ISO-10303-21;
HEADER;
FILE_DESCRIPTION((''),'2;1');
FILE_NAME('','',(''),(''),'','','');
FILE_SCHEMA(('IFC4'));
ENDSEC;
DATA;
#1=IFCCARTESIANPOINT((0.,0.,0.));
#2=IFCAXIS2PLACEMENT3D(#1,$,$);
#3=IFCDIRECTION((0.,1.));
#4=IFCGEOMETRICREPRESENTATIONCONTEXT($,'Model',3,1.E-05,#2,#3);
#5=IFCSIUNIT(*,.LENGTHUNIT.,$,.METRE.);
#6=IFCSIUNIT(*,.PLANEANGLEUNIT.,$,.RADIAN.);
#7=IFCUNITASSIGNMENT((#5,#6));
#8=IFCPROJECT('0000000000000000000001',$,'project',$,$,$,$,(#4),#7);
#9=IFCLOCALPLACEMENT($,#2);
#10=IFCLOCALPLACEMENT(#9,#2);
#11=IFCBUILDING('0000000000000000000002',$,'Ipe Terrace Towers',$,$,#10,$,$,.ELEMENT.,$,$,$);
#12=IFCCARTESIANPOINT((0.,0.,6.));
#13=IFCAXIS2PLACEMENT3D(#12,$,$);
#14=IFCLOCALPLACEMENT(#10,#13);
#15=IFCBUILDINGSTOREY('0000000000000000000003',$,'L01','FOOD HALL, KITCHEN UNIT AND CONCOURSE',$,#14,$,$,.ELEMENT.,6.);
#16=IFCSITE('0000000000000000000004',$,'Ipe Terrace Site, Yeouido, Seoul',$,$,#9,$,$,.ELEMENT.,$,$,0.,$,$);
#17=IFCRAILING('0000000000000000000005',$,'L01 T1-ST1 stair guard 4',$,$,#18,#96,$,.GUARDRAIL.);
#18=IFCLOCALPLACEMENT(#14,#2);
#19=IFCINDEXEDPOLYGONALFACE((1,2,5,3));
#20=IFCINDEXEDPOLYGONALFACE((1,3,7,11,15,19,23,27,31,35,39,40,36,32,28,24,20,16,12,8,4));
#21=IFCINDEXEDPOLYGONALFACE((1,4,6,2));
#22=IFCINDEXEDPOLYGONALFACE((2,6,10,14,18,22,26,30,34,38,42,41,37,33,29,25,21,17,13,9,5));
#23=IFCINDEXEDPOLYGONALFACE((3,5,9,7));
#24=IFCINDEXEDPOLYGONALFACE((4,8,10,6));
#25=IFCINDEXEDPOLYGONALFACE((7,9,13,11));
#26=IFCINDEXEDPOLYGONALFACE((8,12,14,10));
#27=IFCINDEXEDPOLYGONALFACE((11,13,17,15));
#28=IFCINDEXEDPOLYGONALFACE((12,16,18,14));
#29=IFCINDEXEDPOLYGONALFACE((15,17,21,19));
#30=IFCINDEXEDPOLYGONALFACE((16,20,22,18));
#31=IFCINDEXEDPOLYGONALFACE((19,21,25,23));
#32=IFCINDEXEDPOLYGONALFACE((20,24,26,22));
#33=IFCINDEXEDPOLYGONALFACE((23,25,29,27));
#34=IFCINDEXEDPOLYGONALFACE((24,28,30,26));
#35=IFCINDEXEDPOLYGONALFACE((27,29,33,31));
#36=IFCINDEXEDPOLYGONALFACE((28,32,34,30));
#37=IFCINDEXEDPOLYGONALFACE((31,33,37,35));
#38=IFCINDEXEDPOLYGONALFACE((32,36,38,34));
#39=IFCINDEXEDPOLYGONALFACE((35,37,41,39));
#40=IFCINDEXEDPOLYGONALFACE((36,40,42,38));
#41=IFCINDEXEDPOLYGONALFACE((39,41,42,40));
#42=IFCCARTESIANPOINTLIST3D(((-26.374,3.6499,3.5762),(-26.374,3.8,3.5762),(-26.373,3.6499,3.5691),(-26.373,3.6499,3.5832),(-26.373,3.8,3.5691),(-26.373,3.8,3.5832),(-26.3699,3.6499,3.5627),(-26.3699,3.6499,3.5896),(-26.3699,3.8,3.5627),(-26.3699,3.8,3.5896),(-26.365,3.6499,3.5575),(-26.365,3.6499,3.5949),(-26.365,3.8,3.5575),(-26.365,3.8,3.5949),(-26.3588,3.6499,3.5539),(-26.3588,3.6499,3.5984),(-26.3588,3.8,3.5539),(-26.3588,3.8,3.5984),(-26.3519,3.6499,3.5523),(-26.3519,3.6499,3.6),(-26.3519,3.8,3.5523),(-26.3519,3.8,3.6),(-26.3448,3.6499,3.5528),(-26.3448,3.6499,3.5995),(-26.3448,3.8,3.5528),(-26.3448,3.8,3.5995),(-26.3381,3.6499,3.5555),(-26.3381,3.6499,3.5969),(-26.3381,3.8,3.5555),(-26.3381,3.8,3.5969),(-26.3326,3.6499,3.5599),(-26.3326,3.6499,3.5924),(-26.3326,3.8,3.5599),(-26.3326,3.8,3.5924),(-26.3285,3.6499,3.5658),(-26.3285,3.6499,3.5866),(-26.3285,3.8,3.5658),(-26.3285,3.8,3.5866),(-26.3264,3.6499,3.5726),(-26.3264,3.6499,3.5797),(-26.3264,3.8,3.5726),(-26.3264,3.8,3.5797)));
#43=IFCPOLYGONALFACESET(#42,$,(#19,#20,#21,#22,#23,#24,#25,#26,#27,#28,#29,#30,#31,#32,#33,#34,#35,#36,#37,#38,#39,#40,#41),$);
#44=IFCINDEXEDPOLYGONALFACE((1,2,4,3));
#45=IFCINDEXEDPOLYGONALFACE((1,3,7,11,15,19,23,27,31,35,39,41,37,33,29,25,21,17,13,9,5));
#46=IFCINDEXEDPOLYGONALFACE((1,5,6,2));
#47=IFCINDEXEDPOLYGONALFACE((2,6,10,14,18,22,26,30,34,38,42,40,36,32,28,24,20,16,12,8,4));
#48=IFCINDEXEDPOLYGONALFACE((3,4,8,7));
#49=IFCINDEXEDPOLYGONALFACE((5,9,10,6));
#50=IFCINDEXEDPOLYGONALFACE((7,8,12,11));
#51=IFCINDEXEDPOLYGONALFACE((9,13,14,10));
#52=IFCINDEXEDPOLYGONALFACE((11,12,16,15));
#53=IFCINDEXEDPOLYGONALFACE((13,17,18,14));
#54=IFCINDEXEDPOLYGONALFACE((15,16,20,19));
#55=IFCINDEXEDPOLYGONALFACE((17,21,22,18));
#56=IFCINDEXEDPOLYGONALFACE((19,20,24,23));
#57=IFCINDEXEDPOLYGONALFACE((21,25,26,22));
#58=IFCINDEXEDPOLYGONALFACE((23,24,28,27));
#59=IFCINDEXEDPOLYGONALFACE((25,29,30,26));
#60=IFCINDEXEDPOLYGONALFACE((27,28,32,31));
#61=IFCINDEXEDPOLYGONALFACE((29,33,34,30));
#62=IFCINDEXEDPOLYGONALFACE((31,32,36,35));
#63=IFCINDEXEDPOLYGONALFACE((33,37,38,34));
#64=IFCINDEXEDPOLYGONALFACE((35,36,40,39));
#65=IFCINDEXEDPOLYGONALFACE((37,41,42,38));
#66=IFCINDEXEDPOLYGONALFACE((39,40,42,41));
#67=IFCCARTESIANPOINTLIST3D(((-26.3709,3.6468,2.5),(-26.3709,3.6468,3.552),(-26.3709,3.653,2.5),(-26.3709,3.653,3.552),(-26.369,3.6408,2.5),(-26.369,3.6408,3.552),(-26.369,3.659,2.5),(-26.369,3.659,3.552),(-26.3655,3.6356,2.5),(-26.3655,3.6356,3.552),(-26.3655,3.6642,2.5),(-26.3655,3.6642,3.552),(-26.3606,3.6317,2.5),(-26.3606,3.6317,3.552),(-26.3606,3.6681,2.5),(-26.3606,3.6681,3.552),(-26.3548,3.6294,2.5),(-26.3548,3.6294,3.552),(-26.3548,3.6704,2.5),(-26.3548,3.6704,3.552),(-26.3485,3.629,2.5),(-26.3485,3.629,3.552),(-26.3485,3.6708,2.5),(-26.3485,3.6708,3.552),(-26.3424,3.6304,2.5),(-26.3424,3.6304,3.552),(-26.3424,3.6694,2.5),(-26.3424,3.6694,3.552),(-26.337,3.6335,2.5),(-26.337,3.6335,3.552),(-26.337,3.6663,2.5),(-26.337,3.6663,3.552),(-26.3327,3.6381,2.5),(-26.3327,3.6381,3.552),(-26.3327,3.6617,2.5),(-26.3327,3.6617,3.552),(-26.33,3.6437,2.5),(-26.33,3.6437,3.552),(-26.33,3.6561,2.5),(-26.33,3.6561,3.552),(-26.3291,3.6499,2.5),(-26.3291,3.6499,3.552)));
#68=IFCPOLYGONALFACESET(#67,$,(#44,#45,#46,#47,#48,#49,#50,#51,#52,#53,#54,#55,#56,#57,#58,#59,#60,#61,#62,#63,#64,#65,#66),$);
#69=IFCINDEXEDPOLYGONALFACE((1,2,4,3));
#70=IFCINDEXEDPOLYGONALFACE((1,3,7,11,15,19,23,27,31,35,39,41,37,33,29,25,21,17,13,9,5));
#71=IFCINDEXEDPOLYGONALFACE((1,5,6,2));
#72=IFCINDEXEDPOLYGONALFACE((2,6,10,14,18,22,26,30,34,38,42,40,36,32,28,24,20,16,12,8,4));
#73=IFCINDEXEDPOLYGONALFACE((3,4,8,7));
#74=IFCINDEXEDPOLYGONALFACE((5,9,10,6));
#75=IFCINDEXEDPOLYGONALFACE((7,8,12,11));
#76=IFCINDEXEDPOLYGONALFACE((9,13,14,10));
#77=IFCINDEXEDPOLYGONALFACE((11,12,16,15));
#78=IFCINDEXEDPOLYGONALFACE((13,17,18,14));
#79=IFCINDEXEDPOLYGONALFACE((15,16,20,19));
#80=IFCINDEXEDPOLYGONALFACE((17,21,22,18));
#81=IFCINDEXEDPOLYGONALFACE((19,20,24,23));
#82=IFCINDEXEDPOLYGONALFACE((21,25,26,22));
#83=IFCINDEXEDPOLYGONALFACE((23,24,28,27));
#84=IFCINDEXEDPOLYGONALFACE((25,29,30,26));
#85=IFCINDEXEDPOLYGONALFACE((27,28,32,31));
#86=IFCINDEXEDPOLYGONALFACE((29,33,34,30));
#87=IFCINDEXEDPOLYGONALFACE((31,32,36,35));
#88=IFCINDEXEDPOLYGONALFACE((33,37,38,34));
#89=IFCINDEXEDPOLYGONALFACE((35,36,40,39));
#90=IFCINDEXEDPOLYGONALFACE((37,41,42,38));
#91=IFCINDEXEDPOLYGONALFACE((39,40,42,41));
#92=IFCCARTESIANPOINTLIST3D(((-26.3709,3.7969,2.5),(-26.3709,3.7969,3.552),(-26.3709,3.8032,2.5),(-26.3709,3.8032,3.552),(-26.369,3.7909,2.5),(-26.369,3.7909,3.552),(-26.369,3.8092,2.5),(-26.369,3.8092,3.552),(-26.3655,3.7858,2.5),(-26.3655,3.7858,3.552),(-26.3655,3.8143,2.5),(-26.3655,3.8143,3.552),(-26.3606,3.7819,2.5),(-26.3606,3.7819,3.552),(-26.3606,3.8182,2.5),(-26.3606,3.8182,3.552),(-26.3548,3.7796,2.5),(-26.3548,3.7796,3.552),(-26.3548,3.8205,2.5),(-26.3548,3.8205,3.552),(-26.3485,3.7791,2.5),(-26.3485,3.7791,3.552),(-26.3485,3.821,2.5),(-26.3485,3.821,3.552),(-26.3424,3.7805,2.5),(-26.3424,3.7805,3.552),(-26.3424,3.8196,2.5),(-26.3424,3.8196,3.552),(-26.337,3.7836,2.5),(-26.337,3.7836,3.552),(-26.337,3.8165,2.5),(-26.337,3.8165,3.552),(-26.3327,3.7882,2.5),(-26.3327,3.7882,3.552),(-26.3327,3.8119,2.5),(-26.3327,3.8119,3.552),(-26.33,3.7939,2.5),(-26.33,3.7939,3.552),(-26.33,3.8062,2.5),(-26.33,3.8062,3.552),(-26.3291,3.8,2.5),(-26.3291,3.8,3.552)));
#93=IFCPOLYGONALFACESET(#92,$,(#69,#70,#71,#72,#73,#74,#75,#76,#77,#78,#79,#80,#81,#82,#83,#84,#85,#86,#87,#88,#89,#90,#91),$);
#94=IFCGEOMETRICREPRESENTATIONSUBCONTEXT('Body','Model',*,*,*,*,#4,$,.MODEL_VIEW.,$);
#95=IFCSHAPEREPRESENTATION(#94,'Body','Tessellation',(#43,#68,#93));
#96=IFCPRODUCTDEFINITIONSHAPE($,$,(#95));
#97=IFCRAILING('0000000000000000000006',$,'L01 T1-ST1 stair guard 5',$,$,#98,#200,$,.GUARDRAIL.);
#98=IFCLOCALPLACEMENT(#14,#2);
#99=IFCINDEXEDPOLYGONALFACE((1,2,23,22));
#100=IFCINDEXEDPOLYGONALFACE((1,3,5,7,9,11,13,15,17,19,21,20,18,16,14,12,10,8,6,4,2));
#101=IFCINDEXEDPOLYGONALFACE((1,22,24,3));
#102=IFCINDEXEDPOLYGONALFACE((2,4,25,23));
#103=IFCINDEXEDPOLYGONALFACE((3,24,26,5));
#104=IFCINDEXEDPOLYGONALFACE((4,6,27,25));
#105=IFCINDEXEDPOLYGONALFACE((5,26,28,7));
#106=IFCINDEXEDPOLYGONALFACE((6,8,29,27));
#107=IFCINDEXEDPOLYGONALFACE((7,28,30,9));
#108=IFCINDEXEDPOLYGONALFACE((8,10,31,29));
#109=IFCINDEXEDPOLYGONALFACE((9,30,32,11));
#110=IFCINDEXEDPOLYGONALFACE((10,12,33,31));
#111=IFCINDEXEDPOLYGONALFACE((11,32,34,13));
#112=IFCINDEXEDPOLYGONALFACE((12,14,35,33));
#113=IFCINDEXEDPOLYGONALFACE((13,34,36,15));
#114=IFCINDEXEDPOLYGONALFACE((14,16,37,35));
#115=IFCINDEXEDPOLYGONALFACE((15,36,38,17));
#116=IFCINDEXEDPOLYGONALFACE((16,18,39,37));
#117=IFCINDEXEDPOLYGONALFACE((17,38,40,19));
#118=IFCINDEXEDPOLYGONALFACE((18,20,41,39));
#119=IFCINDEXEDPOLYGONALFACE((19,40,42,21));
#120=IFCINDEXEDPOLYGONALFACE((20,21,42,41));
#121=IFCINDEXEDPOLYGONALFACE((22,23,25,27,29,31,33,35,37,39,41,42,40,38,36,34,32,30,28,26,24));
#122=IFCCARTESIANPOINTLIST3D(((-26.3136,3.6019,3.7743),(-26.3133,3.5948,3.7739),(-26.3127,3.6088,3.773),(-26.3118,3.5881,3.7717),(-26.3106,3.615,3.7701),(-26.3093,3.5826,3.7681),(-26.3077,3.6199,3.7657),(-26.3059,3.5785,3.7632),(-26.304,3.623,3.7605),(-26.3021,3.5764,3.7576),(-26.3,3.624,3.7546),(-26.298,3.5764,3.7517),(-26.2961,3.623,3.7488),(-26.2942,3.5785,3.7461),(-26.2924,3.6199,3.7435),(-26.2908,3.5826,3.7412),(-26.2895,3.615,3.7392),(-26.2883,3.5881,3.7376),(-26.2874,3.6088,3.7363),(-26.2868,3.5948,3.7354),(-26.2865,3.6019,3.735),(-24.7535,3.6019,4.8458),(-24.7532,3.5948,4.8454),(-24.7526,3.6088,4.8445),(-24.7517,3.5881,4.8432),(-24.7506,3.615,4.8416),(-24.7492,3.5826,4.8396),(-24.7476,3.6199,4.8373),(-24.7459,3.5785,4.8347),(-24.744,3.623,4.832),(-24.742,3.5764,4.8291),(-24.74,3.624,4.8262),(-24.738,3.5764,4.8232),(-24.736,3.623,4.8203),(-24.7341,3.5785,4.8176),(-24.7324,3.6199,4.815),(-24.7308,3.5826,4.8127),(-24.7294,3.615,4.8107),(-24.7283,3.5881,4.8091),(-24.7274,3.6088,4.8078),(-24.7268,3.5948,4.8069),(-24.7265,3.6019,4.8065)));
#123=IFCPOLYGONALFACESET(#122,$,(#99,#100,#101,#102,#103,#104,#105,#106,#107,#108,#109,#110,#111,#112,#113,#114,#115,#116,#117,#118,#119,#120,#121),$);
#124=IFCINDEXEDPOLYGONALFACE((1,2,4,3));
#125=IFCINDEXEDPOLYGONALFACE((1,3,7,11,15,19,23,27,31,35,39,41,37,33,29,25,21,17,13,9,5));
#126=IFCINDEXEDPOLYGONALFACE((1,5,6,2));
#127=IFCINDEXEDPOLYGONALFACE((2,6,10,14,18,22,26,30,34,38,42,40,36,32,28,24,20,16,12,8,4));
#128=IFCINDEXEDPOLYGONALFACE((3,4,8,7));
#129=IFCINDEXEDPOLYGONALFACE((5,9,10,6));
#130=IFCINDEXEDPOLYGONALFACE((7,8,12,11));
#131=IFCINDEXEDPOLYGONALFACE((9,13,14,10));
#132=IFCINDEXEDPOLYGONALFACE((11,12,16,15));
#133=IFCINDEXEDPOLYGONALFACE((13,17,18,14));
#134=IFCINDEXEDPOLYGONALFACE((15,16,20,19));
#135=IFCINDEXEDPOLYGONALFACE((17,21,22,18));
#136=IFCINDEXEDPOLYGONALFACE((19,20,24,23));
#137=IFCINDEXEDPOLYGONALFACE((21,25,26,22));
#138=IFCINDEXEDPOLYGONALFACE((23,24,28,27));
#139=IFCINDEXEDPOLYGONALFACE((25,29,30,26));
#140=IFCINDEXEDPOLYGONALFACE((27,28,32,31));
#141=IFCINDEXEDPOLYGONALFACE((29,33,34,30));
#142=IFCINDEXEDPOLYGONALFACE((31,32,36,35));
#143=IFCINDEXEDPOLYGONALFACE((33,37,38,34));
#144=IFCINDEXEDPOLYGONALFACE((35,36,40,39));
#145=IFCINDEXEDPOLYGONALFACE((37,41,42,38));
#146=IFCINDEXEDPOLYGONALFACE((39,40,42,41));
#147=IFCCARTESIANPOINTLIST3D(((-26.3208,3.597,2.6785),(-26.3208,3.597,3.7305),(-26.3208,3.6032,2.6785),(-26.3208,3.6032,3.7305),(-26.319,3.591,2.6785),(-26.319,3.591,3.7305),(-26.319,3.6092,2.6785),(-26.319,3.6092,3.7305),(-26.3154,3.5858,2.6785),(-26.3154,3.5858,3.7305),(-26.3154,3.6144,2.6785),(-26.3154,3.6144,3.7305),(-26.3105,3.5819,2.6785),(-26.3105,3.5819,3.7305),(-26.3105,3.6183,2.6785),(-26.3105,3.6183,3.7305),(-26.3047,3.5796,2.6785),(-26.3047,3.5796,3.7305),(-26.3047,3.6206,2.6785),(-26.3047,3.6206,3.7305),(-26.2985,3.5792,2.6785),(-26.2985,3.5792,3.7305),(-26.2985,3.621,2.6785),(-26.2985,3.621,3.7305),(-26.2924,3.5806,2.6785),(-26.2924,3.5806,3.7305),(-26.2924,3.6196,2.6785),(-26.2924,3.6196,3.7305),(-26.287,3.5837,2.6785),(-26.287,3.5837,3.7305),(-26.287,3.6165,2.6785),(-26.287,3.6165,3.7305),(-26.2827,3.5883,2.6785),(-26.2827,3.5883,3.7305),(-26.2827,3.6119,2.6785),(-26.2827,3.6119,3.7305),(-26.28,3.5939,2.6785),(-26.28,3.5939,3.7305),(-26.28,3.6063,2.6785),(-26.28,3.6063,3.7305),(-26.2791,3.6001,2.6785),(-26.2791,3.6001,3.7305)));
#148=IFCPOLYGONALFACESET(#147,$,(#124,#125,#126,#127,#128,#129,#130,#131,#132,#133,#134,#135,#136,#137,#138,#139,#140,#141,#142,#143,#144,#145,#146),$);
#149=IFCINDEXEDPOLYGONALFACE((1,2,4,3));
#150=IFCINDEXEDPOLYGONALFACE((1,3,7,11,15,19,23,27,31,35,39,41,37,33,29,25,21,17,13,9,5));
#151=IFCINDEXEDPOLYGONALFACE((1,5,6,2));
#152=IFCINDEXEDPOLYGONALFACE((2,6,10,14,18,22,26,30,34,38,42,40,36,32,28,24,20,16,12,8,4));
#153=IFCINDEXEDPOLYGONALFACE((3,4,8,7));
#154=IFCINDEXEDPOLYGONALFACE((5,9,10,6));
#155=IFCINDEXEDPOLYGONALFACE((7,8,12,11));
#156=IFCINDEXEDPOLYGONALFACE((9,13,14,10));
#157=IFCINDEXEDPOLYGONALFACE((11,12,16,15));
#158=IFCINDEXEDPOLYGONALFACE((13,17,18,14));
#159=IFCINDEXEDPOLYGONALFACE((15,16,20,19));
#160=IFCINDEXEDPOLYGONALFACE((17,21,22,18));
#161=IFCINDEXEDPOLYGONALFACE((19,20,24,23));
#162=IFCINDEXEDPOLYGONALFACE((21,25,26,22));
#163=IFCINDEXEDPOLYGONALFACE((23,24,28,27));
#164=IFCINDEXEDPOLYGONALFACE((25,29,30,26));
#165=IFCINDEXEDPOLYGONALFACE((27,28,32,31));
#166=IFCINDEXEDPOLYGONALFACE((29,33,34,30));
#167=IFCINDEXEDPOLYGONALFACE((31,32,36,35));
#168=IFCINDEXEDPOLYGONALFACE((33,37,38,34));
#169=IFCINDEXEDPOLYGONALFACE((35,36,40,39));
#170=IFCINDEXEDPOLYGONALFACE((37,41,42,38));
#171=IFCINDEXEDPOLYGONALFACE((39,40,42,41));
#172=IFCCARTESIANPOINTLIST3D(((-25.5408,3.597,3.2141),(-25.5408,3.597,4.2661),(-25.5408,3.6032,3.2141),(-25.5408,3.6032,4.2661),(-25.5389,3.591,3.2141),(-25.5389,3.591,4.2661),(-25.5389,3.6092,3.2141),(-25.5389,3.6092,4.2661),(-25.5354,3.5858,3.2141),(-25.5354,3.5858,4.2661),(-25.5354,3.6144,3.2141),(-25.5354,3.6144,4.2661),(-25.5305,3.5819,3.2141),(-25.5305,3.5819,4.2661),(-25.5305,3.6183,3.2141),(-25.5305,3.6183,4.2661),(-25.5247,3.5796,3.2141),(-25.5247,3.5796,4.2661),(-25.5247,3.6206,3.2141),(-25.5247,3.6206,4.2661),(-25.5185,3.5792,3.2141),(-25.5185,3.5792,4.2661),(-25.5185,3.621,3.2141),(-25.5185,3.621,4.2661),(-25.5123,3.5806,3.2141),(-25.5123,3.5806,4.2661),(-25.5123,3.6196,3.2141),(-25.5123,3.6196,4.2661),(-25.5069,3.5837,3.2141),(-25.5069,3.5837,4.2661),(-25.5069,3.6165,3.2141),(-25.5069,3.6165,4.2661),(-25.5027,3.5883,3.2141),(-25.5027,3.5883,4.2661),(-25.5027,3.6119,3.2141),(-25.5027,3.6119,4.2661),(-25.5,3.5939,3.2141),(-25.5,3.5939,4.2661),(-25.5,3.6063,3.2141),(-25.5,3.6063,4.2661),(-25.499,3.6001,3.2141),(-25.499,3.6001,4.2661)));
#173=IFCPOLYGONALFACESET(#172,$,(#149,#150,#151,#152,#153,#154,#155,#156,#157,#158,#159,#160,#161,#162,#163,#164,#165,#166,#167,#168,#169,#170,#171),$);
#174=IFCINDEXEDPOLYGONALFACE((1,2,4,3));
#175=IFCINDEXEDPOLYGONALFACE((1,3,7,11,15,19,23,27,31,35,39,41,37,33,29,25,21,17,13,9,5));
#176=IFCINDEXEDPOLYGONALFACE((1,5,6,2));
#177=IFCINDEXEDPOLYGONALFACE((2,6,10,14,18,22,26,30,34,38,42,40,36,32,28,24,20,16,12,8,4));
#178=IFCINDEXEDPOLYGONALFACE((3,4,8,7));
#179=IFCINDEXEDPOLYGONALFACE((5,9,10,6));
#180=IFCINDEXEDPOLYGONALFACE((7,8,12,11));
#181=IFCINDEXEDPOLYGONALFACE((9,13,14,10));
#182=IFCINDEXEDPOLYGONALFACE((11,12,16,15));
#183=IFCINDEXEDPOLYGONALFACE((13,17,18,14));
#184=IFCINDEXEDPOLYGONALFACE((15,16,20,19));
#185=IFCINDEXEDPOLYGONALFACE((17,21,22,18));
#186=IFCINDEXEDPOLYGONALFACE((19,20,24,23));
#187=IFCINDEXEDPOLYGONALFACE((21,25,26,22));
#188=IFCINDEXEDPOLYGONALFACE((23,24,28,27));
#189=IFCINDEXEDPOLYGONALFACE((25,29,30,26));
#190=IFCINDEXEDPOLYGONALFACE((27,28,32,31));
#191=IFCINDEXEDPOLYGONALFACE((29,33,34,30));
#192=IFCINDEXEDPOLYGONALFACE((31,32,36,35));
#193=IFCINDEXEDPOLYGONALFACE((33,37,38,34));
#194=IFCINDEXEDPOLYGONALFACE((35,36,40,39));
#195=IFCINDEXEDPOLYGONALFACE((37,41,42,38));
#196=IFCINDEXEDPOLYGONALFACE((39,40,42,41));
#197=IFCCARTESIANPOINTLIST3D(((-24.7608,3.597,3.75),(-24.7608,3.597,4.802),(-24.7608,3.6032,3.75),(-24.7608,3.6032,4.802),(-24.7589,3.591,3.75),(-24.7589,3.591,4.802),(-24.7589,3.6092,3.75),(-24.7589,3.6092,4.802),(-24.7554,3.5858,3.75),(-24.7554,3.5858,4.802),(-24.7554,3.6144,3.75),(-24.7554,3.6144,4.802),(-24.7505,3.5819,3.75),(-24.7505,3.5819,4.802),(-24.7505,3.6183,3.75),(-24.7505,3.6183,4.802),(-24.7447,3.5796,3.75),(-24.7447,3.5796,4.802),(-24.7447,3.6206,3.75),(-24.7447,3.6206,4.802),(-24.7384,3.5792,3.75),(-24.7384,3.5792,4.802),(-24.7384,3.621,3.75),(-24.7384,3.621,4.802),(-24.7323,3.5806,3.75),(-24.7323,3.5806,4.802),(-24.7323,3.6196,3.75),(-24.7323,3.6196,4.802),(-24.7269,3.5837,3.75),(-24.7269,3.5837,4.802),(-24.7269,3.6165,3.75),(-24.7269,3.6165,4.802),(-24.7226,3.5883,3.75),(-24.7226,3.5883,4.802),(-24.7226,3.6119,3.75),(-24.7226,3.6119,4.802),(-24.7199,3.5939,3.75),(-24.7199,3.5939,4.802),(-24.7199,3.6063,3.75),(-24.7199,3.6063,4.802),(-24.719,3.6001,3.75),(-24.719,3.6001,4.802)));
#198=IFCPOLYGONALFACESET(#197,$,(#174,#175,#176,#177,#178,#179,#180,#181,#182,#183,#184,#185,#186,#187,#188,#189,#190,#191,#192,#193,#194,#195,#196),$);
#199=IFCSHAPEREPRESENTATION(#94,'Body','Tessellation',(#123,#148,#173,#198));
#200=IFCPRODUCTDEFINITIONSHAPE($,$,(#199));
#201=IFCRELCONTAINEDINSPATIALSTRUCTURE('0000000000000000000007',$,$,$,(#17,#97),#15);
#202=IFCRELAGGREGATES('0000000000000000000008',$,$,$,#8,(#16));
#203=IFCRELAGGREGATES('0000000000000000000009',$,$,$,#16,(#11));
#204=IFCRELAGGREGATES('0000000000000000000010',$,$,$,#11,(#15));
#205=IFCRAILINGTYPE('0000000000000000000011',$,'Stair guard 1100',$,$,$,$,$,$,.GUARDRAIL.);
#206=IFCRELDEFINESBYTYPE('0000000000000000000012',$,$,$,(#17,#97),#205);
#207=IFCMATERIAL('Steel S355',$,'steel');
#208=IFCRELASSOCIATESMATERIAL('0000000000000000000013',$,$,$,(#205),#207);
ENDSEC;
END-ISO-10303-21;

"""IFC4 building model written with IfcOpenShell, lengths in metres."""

from ifc_helpers import new_model, si_unit, direction, frame, origin, origin_2d, place, context, subcontext, project, spatial, circle, extrude, material, type_object, element, save


model = new_model("IFC4")

# Units and contexts
model_context = context("Model", 3, precision=1e-05, world=origin(), true_north=direction((0.0, 1.0)))
body_context = subcontext(model_context, "Body", "Model", "MODEL_VIEW")
ifc_project = project(units=[si_unit("LENGTHUNIT", "METRE"), si_unit("PLANEANGLEUNIT", "RADIAN")], contexts=[model_context])

# Site, building, storey
site_placement = place(None, origin())
site = spatial("IfcSite", under=ifc_project, at=site_placement, Name="Ipe Terrace Site, Yeouido, Seoul", CompositionType="ELEMENT", RefElevation=0.0)
building_placement = place(site_placement, origin())
building = spatial("IfcBuilding", under=site, at=building_placement, Name="Ipe Terrace Towers", CompositionType="ELEMENT")
storey_placement = place(building_placement, frame((0.0, 0.0, 6.0)))
storey = spatial("IfcBuildingStorey", under=building, at=storey_placement, Name="L01", Description="FOOD HALL, KITCHEN UNIT AND CONCOURSE", CompositionType="ELEMENT", Elevation=6.0)

# Railings
ifc_material_1 = material(Name="Steel S355", Category="steel")
railing_type_1 = type_object("IfcRailingType", Name="Stair guard 1100", PredefinedType="GUARDRAIL", material=ifc_material_1)
railing_1_placement = place(storey_placement, frame((-26.3501, 3.6499, 2.5)))
element("IfcRailing", 1, at=railing_1_placement, inside=storey, type_object=railing_type_1, Name="L01 T1-ST1 stair guard 4", PredefinedType="GUARDRAIL", context=body_context, shape_type="SweptSolid", body=[
    extrude(circle(Radius=0.0239, at=origin_2d()), frame((0.0, 0.0, 1.0762), z_axis=(0.0, 1.0, 0.0), x_axis=(-1.0, 0.0, 0.0)), (0.0, 0.0, 1.0), 0.1501),
    extrude(circle(Radius=0.021, at=origin_2d()), origin(), (0.0, 0.0, 1.0), 1.052),
    extrude(circle(Radius=0.021, at=origin_2d()), frame((0.0, 0.1501, 0.0)), (0.0, 0.0, 1.0), 1.052),
])
railing_2_placement = place(storey_placement, frame((-26.3, 3.6001, 2.6785)))
element("IfcRailing", 2, at=railing_2_placement, inside=storey, type_object=railing_type_1, Name="L01 T1-ST1 stair guard 5", PredefinedType="GUARDRAIL", context=body_context, shape_type="SweptSolid", body=[
    extrude(circle(Radius=0.0239, at=origin_2d()), frame((0.0, 0.0, 1.0762), z_axis=(0.82429, 0.0, 0.566167), x_axis=(0.0, 1.0, 0.0)), (0.0, 0.0, 1.0), 1.8926),
    extrude(circle(Radius=0.021, at=origin_2d()), origin(), (0.0, 0.0, 1.0), 1.052),
    extrude(circle(Radius=0.021, at=origin_2d()), frame((0.78, 0.0, 0.5356)), (0.0, 0.0, 1.0), 1.052),
    extrude(circle(Radius=0.021, at=origin_2d()), frame((1.5601, 0.0, 1.0715)), (0.0, 0.0, 1.0), 1.052),
])

save(model, "model.ifc")
